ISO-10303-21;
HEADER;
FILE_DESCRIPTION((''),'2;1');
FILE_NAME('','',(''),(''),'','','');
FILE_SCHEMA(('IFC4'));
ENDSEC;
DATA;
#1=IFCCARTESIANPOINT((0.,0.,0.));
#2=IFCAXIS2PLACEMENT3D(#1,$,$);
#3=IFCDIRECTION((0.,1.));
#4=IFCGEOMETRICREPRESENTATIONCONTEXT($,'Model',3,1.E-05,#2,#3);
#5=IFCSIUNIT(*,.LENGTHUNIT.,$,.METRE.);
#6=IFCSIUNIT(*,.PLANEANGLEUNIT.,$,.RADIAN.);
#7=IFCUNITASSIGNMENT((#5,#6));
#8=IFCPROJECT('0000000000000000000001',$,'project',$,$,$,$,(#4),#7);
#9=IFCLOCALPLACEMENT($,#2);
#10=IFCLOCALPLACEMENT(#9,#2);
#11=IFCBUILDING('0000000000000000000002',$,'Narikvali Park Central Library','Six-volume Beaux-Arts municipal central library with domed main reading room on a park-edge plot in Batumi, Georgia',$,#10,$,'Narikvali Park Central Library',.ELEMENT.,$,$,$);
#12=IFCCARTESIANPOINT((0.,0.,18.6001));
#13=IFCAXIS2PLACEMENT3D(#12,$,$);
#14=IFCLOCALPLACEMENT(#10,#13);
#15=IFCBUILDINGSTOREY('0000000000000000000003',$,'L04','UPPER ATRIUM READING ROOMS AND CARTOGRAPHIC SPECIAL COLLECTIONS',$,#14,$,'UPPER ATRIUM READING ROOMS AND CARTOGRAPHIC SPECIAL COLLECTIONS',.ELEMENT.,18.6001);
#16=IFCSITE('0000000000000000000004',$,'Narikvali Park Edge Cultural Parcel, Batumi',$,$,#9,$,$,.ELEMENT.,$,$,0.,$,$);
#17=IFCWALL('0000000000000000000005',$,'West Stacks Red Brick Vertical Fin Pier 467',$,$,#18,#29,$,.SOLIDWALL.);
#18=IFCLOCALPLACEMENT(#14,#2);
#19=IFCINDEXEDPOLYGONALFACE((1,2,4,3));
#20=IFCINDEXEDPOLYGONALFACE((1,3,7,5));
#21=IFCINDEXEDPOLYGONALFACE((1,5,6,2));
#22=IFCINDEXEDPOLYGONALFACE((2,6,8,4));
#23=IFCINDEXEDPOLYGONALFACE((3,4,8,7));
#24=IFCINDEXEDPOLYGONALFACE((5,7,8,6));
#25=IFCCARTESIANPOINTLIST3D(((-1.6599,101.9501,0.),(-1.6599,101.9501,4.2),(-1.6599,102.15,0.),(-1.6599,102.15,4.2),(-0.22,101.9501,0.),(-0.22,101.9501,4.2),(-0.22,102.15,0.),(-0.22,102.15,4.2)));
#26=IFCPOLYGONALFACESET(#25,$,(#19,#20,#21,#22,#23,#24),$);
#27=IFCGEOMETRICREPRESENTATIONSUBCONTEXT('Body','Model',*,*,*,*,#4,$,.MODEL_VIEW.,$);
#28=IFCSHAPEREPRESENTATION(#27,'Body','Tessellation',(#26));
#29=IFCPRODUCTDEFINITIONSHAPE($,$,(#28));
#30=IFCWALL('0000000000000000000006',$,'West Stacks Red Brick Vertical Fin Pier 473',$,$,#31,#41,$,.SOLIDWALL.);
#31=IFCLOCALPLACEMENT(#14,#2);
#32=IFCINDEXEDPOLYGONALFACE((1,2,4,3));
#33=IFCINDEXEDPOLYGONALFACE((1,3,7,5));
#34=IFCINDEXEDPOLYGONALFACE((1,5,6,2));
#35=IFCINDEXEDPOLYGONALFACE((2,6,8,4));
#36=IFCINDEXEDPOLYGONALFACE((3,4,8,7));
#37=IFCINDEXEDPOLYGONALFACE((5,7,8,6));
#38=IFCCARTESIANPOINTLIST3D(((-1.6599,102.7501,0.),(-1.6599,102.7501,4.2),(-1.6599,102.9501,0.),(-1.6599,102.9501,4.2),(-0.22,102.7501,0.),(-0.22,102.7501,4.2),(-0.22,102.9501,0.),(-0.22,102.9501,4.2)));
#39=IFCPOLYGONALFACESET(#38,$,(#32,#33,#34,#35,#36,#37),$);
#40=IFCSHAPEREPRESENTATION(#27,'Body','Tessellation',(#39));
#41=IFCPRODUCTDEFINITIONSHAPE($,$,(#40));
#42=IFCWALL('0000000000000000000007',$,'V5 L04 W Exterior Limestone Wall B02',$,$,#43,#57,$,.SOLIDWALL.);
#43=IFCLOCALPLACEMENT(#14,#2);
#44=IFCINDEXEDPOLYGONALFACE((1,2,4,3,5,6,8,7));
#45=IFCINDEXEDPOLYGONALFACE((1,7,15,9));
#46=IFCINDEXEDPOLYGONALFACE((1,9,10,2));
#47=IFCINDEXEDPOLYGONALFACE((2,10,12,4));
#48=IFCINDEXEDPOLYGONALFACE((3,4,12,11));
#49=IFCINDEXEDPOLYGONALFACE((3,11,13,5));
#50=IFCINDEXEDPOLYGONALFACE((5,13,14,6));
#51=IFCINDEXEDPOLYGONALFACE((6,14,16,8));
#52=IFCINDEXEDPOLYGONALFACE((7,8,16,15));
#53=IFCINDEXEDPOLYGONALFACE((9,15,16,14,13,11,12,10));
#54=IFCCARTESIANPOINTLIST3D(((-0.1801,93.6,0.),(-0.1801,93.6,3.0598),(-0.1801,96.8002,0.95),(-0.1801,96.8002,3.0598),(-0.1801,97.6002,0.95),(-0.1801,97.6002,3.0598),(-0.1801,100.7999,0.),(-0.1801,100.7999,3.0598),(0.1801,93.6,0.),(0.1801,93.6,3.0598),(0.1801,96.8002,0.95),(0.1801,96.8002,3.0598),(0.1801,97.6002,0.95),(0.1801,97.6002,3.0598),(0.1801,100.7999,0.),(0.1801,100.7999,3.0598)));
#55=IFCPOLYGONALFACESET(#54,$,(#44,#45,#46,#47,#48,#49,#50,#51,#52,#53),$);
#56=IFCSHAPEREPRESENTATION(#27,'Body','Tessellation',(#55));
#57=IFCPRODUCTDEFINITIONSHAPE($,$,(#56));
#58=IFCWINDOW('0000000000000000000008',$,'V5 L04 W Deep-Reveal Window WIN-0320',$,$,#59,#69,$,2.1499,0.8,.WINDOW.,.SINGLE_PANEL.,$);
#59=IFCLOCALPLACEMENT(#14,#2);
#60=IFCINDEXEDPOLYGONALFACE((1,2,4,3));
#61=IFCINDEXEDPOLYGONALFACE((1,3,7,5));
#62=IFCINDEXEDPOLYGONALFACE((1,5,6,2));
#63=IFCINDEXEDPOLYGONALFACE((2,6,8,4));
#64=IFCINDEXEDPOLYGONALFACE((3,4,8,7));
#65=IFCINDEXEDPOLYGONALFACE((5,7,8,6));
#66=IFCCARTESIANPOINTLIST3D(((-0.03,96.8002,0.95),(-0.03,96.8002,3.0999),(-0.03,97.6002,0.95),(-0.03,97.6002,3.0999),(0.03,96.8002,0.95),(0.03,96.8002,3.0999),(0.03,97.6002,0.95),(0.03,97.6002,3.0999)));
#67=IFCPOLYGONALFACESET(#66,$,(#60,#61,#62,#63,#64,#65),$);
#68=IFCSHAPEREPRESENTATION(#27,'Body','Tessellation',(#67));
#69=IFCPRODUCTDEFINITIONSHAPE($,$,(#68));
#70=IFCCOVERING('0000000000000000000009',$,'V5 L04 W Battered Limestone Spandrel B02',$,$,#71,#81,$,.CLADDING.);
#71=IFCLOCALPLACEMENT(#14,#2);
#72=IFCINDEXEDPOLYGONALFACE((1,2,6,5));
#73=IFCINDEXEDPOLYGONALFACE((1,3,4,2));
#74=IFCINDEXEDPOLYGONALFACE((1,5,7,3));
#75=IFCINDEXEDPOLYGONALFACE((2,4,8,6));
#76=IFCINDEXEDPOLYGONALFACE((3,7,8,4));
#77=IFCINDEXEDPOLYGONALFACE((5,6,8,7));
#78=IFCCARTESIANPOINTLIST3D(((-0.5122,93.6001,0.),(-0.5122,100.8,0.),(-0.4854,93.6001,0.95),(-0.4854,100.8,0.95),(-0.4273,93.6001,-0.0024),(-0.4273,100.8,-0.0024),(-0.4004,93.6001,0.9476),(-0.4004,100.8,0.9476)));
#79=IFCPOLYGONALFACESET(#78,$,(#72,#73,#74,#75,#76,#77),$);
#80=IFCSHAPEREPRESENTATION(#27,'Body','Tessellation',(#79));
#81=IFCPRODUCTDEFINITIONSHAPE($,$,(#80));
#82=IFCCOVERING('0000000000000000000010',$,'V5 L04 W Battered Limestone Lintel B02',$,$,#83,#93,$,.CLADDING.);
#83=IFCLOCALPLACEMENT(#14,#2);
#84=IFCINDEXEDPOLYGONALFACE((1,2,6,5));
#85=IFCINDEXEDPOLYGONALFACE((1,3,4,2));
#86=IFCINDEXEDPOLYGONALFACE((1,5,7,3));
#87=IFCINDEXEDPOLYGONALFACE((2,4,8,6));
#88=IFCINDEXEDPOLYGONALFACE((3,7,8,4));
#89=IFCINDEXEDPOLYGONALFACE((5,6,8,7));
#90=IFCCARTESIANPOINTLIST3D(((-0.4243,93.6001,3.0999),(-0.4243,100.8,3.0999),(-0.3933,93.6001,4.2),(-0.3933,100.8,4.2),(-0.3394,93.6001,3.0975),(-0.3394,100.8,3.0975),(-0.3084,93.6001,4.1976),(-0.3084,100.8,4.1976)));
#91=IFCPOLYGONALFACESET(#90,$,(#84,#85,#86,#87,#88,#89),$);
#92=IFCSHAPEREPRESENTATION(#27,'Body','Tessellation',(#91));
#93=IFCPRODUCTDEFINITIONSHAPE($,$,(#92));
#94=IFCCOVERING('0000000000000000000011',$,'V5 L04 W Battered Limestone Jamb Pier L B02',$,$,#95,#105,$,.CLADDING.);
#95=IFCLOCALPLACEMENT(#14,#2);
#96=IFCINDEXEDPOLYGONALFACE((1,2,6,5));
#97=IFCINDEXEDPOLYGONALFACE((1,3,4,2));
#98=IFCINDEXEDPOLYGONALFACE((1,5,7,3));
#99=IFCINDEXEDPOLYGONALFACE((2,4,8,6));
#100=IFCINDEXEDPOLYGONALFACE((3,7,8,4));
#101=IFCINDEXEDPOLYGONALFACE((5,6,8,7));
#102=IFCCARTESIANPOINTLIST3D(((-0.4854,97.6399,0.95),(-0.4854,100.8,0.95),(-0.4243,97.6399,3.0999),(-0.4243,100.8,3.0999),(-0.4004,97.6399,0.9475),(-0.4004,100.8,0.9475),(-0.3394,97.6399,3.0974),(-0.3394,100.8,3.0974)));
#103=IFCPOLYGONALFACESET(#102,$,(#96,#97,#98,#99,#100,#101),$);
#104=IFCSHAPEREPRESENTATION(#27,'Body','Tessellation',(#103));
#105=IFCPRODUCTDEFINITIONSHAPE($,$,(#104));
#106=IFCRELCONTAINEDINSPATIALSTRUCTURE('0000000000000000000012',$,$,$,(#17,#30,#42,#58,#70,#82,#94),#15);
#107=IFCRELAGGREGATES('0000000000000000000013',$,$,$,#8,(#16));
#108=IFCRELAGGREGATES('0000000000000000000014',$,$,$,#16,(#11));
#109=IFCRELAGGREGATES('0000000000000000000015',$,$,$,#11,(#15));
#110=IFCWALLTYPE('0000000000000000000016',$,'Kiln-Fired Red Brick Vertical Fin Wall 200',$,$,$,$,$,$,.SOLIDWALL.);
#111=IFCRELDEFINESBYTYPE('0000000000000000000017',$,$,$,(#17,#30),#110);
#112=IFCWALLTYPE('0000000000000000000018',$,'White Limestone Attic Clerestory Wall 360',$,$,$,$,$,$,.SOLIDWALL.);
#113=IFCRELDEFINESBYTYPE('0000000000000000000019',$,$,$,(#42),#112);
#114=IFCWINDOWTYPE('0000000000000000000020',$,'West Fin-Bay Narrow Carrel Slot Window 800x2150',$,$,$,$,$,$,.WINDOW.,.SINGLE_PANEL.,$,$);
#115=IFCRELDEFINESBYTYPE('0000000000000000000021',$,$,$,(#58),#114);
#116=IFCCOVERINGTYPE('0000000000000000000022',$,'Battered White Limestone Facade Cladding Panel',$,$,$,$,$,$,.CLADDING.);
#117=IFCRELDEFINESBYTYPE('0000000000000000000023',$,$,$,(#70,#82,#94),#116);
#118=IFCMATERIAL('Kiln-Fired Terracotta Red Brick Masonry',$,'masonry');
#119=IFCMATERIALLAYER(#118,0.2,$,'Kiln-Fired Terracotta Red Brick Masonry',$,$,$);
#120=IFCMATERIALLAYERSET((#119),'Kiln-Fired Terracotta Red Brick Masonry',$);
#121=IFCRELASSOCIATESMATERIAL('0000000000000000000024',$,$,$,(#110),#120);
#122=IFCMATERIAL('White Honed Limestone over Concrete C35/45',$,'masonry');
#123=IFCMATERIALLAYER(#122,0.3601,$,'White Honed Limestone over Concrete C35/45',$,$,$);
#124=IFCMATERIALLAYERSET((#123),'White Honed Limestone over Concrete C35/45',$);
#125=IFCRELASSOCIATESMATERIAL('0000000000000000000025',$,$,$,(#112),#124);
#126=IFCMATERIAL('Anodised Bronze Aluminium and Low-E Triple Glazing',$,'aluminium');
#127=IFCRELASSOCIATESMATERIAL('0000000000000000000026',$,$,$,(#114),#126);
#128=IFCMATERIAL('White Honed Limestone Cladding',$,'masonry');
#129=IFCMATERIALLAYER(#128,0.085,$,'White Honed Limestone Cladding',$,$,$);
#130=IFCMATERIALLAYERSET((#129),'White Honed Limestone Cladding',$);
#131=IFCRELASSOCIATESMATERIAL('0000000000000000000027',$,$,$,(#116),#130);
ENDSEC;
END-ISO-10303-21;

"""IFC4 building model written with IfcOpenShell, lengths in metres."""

from ifc_helpers import new_model, si_unit, direction, frame, frame_2d, origin, place, context, subcontext, project, spatial, polyline, rectangle, outline, extrude, material, layer, layer_set, type_object, element, fill, save


model = new_model("IFC4")

# Units and contexts
model_context = context("Model", 3, precision=1e-05, world=origin(), true_north=direction((0.0, 1.0)))
body_context = subcontext(model_context, "Body", "Model", "MODEL_VIEW")
ifc_project = project(units=[si_unit("LENGTHUNIT", "METRE"), si_unit("PLANEANGLEUNIT", "RADIAN")], contexts=[model_context])

# Site, building, storey
site_placement = place(None, origin())
site = spatial("IfcSite", under=ifc_project, at=site_placement, Name="Narikvali Park Edge Cultural Parcel, Batumi", CompositionType="ELEMENT", RefElevation=0.0)
building_placement = place(site_placement, origin())
building = spatial("IfcBuilding", under=site, at=building_placement, Name="Narikvali Park Central Library", Description="Six-volume Beaux-Arts municipal central library with domed main reading room on a park-edge plot in Batumi, Georgia", LongName="Narikvali Park Central Library", CompositionType="ELEMENT")
storey_placement = place(building_placement, frame((0.0, 0.0, 18.6001)))
storey = spatial("IfcBuildingStorey", under=building, at=storey_placement, Name="L04", Description="UPPER ATRIUM READING ROOMS AND CARTOGRAPHIC SPECIAL COLLECTIONS", LongName="UPPER ATRIUM READING ROOMS AND CARTOGRAPHIC SPECIAL COLLECTIONS", CompositionType="ELEMENT", Elevation=18.6001)

# Walls
ifc_material_1 = material(Name="Kiln-Fired Terracotta Red Brick Masonry", Category="masonry")
ifc_layer_1 = layer(ifc_material_1, 0.2, Name="Kiln-Fired Terracotta Red Brick Masonry")
ifc_layer_set_1 = layer_set([ifc_layer_1], Name="Kiln-Fired Terracotta Red Brick Masonry")
wall_type_1 = type_object("IfcWallType", Name="Kiln-Fired Red Brick Vertical Fin Wall 200", PredefinedType="SOLIDWALL", material=ifc_layer_set_1)
for number, where, z_axis, x_axis, name in (
    (1, (-1.6599, 102.05, 0.0), (0.0, 0.0, 1.0), (1.0, 0.0, 0.0), "West Stacks Red Brick Vertical Fin Pier 467"),
    (2, (-1.6599, 102.8501, 0.0), (0.0, 0.0, 1.0), (1.0, 0.0, 0.0), "West Stacks Red Brick Vertical Fin Pier 473"),
):
    element("IfcWall", number, at=place(storey_placement, frame(where, z_axis=z_axis, x_axis=x_axis)), inside=storey, type_object=wall_type_1, Name=name, PredefinedType="SOLIDWALL", context=body_context, shape_type="SweptSolid", body=[
        extrude(rectangle(XDim=1.4399, YDim=0.2, at=frame_2d((0.72, 0.0))), origin(), (0.0, 0.0, 1.0), 4.2),
    ])

# Wall, opening, window
ifc_material_2 = material(Name="White Honed Limestone over Concrete C35/45", Category="masonry")
ifc_layer_2 = layer(ifc_material_2, 0.3601, Name="White Honed Limestone over Concrete C35/45")
ifc_layer_set_2 = layer_set([ifc_layer_2], Name="White Honed Limestone over Concrete C35/45")
wall_type_2 = type_object("IfcWallType", Name="White Limestone Attic Clerestory Wall 360", PredefinedType="SOLIDWALL", material=ifc_layer_set_2)
wall_1_placement = place(storey_placement, frame((0.0, 100.8, 0.0), z_axis=(0.0, 0.0, 1.0), x_axis=(0.0, -1.0, 0.0)))
wall_1 = element("IfcWall", 3, at=wall_1_placement, inside=storey, type_object=wall_type_2, Name="V5 L04 W Exterior Limestone Wall B02", PredefinedType="SOLIDWALL", context=body_context, shape_type="SweptSolid", body=[
    extrude(rectangle(XDim=7.2, YDim=0.3601, at=frame_2d((3.6001, 0.0))), origin(), (0.0, 0.0, 1.0), 3.0598),
])
opening_placement = place(wall_1_placement, frame((3.2, 0.0, 0.95)))
opening = element("IfcOpeningElement", 4, at=opening_placement, cuts=wall_1, PredefinedType="OPENING", context=body_context, shape_type="SweptSolid", body=[
    extrude(rectangle(XDim=0.8, YDim=2.1499, at=frame_2d((0.3999, 1.075))), frame((0.0, 0.1919, 0.0), z_axis=(0.0, -1.0, 0.0), x_axis=(1.0, 0.0, 0.0)), (0.0, 0.0, 1.0), 0.384),
])
ifc_material_3 = material(Name="Anodised Bronze Aluminium and Low-E Triple Glazing", Category="aluminium")
window_type = type_object("IfcWindowType", Name="West Fin-Bay Narrow Carrel Slot Window 800x2150", PartitioningType="SINGLE_PANEL", PredefinedType="WINDOW", material=ifc_material_3)
window_placement = place(opening_placement, origin())
window = element("IfcWindow", 5, at=window_placement, inside=storey, type_object=window_type, Name="V5 L04 W Deep-Reveal Window WIN-0320", OverallHeight=2.1499, OverallWidth=0.8, PartitioningType="SINGLE_PANEL", PredefinedType="WINDOW", context=body_context, shape_type="SweptSolid", body=[
    extrude(rectangle(XDim=0.8, YDim=2.1499, at=frame_2d((0.3999, 1.075))), frame((0.0, 0.03, 0.0), z_axis=(0.0, -1.0, 0.0), x_axis=(1.0, 0.0, 0.0)), (0.0, 0.0, 1.0), 0.0601),
])
fill(opening, window)

# Coverings
ifc_material_4 = material(Name="White Honed Limestone Cladding", Category="masonry")
ifc_layer_3 = layer(ifc_material_4, 0.085, Name="White Honed Limestone Cladding")
ifc_layer_set_3 = layer_set([ifc_layer_3], Name="White Honed Limestone Cladding")
covering_type = type_object("IfcCoveringType", Name="Battered White Limestone Facade Cladding Panel", PredefinedType="CLADDING", material=ifc_layer_set_3)
covering_1_placement = place(storey_placement, frame((-0.5122, 100.8, 0.0), z_axis=(-0.999601, 0.0, 0.028259), x_axis=(0.0, -1.0, 0.0)))
element("IfcCovering", 6, at=covering_1_placement, inside=storey, type_object=covering_type, Name="V5 L04 W Battered Limestone Spandrel B02", PredefinedType="CLADDING", context=body_context, shape_type="SweptSolid", body=[
    extrude(outline(polyline([(0.0, 0.0), (7.2, 0.0), (7.2, 0.9503), (0.0, 0.9503), (0.0, 0.0)])), origin(), (0.0, 0.0, -1.0), 0.085),
])
covering_2_placement = place(storey_placement, frame((-0.4243, 100.8, 3.0999), z_axis=(-0.999603, 0.0, 0.028173), x_axis=(0.0, -1.0, 0.0)))
element("IfcCovering", 7, at=covering_2_placement, inside=storey, type_object=covering_type, Name="V5 L04 W Battered Limestone Lintel B02", PredefinedType="CLADDING", context=body_context, shape_type="SweptSolid", body=[
    extrude(outline(polyline([(0.0, 0.0), (7.2, 0.0), (7.2, 1.1005), (0.0, 1.1005), (0.0, 0.0)])), origin(), (0.0, 0.0, -1.0), 0.085),
])
covering_3_placement = place(storey_placement, frame((-0.4854, 100.8, 0.95), z_axis=(-0.999597, 0.0, 0.028378), x_axis=(0.0, -1.0, 0.0)))
element("IfcCovering", 8, at=covering_3_placement, inside=storey, type_object=covering_type, Name="V5 L04 W Battered Limestone Jamb Pier L B02", PredefinedType="CLADDING", context=body_context, shape_type="SweptSolid", body=[
    extrude(outline(polyline([(0.0, 0.0), (3.1602, 0.0), (3.1602, 2.1508), (0.0, 2.1508), (0.0, 0.0)])), origin(), (0.0, 0.0, -1.0), 0.085),
])

save(model, "model.ifc")
